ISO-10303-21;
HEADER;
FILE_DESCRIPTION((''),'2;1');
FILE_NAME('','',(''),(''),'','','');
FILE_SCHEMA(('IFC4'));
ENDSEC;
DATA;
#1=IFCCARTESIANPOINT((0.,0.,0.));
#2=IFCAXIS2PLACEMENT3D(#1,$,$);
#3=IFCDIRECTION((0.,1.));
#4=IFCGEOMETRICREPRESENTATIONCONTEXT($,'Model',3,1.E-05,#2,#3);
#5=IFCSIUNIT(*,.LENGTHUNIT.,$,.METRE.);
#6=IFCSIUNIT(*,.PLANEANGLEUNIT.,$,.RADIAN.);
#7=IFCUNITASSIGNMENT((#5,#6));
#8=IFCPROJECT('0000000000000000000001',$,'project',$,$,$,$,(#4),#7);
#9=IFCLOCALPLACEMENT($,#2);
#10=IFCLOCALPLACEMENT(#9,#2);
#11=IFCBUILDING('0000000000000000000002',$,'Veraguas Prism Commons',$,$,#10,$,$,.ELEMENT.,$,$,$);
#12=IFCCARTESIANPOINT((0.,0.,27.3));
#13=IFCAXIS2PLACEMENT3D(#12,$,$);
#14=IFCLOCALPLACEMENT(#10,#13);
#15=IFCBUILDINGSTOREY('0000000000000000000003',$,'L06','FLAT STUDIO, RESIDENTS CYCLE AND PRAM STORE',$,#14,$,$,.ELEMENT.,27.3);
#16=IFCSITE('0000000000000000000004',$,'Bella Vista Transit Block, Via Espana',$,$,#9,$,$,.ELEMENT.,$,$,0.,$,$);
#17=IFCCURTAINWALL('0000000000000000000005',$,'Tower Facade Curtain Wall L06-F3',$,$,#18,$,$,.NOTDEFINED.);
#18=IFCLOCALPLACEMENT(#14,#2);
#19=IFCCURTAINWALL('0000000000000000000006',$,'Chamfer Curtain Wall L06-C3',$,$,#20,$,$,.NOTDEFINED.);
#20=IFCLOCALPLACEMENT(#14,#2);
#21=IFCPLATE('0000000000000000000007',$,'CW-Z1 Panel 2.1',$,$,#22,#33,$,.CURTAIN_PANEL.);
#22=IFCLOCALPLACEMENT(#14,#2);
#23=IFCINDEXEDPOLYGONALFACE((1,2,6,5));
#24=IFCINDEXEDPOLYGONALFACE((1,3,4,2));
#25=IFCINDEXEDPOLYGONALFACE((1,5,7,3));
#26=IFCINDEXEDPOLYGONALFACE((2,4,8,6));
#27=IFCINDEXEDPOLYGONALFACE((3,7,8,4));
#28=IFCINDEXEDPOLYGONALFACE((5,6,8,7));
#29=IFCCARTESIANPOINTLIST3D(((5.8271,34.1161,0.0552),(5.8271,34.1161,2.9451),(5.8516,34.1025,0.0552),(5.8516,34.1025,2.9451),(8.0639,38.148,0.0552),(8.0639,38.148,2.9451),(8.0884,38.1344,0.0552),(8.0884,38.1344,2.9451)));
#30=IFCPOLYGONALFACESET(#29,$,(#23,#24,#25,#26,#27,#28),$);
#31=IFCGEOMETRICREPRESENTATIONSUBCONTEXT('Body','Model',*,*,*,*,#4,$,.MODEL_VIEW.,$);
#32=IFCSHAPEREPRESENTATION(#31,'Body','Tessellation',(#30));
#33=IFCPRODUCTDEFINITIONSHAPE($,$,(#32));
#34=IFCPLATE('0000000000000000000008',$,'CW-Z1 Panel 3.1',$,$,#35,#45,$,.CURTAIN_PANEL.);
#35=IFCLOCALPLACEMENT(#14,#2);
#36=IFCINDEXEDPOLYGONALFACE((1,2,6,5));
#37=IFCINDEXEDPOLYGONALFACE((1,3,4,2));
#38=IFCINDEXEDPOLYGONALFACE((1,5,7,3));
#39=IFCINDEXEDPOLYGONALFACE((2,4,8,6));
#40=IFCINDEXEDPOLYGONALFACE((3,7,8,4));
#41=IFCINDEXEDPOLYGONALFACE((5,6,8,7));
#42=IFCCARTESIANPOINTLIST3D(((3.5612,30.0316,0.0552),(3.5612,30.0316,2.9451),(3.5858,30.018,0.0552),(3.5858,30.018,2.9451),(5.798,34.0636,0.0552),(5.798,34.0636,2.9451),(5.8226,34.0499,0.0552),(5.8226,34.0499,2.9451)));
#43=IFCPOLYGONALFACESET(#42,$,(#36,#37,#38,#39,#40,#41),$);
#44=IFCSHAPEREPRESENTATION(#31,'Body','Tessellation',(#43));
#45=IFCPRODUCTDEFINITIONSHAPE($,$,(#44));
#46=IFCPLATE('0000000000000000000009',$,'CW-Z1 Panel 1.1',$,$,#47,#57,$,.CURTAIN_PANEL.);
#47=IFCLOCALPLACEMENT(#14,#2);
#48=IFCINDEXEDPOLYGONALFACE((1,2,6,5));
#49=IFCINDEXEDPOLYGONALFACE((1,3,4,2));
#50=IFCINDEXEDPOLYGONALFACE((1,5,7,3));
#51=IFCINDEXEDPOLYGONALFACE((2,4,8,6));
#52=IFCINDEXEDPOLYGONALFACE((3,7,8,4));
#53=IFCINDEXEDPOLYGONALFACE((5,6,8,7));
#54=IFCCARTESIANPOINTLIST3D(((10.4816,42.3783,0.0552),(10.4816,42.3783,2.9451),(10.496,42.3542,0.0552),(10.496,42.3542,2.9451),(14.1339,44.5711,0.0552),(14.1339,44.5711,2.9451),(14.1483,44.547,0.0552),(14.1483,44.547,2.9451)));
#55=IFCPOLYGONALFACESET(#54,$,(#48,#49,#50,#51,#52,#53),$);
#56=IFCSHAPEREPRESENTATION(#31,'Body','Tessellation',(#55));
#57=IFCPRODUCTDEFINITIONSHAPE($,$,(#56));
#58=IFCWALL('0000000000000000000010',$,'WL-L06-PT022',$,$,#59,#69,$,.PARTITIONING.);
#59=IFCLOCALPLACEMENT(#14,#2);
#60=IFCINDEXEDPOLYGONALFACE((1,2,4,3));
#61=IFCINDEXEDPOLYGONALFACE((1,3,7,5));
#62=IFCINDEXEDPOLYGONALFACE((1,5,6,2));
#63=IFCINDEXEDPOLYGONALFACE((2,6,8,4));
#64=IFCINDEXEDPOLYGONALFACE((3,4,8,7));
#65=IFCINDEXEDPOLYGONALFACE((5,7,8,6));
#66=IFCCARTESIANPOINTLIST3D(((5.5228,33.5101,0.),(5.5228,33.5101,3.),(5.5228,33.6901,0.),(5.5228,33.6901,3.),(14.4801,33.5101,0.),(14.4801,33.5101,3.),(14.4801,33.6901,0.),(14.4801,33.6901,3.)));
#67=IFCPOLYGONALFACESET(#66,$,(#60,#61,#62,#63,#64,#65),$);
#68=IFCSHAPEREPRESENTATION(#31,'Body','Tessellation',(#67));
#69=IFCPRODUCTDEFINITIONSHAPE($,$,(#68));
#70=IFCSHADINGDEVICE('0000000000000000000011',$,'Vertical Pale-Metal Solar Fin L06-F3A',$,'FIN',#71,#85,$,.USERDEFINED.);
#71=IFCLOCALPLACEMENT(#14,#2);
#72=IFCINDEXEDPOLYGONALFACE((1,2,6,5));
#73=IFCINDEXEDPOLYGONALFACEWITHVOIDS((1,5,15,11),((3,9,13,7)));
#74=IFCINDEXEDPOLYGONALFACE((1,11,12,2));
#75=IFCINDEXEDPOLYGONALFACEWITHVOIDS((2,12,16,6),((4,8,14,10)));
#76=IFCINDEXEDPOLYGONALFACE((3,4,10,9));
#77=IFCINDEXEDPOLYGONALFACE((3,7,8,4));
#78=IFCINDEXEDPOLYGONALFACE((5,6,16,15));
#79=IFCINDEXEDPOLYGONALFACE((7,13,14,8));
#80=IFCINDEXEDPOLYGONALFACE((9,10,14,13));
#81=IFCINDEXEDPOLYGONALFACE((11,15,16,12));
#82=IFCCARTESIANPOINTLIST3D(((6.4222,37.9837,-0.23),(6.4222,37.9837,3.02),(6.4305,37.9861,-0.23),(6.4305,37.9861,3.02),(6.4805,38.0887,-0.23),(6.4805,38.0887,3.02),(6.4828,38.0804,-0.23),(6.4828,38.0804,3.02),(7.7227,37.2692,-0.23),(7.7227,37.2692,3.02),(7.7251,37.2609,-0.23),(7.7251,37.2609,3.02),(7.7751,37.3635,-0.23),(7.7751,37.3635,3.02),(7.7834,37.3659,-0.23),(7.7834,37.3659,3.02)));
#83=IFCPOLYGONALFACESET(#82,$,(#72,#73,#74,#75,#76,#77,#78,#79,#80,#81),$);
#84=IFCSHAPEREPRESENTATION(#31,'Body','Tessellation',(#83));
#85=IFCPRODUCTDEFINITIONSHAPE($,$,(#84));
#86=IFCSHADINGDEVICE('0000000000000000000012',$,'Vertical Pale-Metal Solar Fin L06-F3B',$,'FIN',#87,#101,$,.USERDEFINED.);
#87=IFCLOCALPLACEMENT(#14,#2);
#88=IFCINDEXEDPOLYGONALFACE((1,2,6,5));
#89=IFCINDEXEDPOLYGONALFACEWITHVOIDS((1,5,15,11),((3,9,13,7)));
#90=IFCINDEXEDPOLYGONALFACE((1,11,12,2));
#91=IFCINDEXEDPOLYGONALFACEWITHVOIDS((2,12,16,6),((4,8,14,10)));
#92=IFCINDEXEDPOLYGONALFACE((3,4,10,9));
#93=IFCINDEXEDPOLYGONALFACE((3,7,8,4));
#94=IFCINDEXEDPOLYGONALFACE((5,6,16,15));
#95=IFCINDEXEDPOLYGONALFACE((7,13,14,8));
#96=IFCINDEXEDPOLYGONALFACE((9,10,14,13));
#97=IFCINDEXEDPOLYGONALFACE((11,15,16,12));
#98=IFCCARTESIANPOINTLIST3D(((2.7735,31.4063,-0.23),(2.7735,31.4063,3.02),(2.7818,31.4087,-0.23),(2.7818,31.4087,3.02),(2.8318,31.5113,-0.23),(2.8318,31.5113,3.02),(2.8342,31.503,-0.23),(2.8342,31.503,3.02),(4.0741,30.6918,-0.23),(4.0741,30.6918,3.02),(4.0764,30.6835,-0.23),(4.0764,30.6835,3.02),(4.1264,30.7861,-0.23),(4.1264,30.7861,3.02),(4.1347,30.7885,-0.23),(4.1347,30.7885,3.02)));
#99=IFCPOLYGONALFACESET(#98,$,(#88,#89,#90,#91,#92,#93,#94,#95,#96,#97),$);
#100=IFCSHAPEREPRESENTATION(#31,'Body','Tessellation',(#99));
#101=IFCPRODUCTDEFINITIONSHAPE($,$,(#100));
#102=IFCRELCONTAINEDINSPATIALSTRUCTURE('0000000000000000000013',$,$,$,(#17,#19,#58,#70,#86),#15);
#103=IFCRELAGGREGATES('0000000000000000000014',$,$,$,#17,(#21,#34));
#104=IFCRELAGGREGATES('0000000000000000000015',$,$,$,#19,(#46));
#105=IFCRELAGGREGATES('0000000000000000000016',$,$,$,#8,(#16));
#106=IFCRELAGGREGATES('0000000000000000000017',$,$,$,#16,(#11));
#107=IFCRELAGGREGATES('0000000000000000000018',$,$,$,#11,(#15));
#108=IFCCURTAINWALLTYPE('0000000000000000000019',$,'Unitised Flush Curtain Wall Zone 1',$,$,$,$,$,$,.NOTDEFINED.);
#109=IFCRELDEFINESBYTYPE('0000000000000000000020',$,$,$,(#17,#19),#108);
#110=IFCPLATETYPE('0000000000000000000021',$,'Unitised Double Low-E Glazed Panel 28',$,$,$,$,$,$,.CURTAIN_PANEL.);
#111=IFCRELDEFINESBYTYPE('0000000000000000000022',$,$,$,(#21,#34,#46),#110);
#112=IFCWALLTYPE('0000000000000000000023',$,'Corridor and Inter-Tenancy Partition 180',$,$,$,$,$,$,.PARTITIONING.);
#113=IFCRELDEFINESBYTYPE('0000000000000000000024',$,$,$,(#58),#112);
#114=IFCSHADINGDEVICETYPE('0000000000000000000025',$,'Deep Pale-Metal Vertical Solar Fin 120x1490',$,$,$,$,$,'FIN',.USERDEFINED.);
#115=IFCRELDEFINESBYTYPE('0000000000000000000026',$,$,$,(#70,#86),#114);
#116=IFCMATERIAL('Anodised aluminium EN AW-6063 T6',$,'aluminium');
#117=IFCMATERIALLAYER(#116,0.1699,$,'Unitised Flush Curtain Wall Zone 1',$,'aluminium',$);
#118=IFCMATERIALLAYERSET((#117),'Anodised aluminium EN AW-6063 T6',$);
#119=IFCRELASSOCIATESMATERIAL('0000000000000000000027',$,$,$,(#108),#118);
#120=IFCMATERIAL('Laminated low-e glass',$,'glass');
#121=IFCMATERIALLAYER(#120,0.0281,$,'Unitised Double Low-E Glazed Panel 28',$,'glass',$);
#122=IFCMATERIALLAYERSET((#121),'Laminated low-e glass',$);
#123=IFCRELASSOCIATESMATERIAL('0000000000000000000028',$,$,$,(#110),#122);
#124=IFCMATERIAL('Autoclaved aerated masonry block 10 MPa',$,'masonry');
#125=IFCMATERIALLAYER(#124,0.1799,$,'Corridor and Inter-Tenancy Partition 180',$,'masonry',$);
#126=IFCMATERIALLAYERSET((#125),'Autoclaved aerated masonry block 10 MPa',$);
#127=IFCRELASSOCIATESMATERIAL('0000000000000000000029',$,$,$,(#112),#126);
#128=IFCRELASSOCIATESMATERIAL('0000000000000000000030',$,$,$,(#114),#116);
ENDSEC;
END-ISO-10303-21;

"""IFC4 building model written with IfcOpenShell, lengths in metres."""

from ifc_helpers import new_model, si_unit, direction, frame, frame_2d, origin, origin_2d, place, context, subcontext, project, spatial, rectangle, hollow_rectangle, extrude, source, transform, mapped, material, layer, layer_set, material_profile, profile_set, type_object, element, aggregate, save


model = new_model("IFC4")

# Units and contexts
model_context = context("Model", 3, precision=1e-05, world=origin(), true_north=direction((0.0, 1.0)))
body_context = subcontext(model_context, "Body", "Model", "MODEL_VIEW")
ifc_project = project(units=[si_unit("LENGTHUNIT", "METRE"), si_unit("PLANEANGLEUNIT", "RADIAN")], contexts=[model_context])

# Site, building, storey
site_placement = place(None, origin())
site = spatial("IfcSite", under=ifc_project, at=site_placement, Name="Bella Vista Transit Block, Via Espana", CompositionType="ELEMENT", RefElevation=0.0)
building_placement = place(site_placement, origin())
building = spatial("IfcBuilding", under=site, at=building_placement, Name="Veraguas Prism Commons", CompositionType="ELEMENT")
storey_placement = place(building_placement, frame((0.0, 0.0, 27.3)))
storey = spatial("IfcBuildingStorey", under=building, at=storey_placement, Name="L06", Description="FLAT STUDIO, RESIDENTS CYCLE AND PRAM STORE", CompositionType="ELEMENT", Elevation=27.3)

# Shared definitions
ifc_material_1 = material(Name="Anodised aluminium EN AW-6063 T6", Category="aluminium")
ifc_layer_1 = layer(ifc_material_1, 0.1699, Name="Unitised Flush Curtain Wall Zone 1", Category="aluminium")
ifc_layer_set_1 = layer_set([ifc_layer_1], Name="Anodised aluminium EN AW-6063 T6")
curtain_wall_type = type_object("IfcCurtainWallType", Name="Unitised Flush Curtain Wall Zone 1", PredefinedType="NOTDEFINED", material=ifc_layer_set_1)

# Curtain walls
curtain_wall_1_placement = place(storey_placement, origin())
curtain_wall_1 = element("IfcCurtainWall", 1, at=curtain_wall_1_placement, inside=storey, type_object=curtain_wall_type, Name="Tower Facade Curtain Wall L06-F3", PredefinedType="NOTDEFINED")
curtain_wall_2_placement = place(storey_placement, origin())
curtain_wall_2 = element("IfcCurtainWall", 2, at=curtain_wall_2_placement, inside=storey, type_object=curtain_wall_type, Name="Chamfer Curtain Wall L06-C3", PredefinedType="NOTDEFINED")

# Plates
ifc_material_2 = material(Name="Laminated low-e glass", Category="glass")
ifc_layer_2 = layer(ifc_material_2, 0.0281, Name="Unitised Double Low-E Glazed Panel 28", Category="glass")
ifc_layer_set_2 = layer_set([ifc_layer_2], Name="Laminated low-e glass")
plate_type = type_object("IfcPlateType", Name="Unitised Double Low-E Glazed Panel 28", PredefinedType="CURTAIN_PANEL", material=ifc_layer_set_2)
shared_shape_1 = source(origin(), body_context, "Body", "SweptSolid", [
    extrude(rectangle(XDim=4.6108, YDim=0.0281, at=origin_2d()), origin(), (0.0, 0.0, 1.0), 2.8899),
])
plate_1_placement = place(storey_placement, frame((6.9578, 36.1252, 0.0552), z_axis=(0.0, 0.0, 1.0), x_axis=(-0.485116, -0.87445, 0.0)))
plate_1 = element("IfcPlate", 3, at=plate_1_placement, type_object=plate_type, Name="CW-Z1 Panel 2.1", PredefinedType="CURTAIN_PANEL", context=body_context, shape_type="MappedRepresentation", body=[
    mapped(shared_shape_1, transform((0.0, 0.0, 0.0), scale=1.0)),
])
plate_2_placement = place(storey_placement, frame((4.6919, 32.0408, 0.0552), z_axis=(0.0, 0.0, 1.0), x_axis=(-0.485116, -0.87445, 0.0)))
plate_2 = element("IfcPlate", 4, at=plate_2_placement, type_object=plate_type, Name="CW-Z1 Panel 3.1", PredefinedType="CURTAIN_PANEL", context=body_context, shape_type="MappedRepresentation", body=[
    mapped(shared_shape_1, transform((0.0, 0.0, 0.0), scale=1.0)),
])
aggregate(curtain_wall_1, [plate_1, plate_2])
shared_shape_2 = source(origin(), body_context, "Body", "SweptSolid", [
    extrude(rectangle(XDim=4.26, YDim=0.0281, at=origin_2d()), origin(), (0.0, 0.0, 1.0), 2.8899),
])
plate_3_placement = place(storey_placement, frame((12.3149, 43.4626, 0.0552), z_axis=(0.0, 0.0, 1.0), x_axis=(-0.85735, -0.514734, 0.0)))
plate_3 = element("IfcPlate", 5, at=plate_3_placement, type_object=plate_type, Name="CW-Z1 Panel 1.1", PredefinedType="CURTAIN_PANEL", context=body_context, shape_type="MappedRepresentation", body=[
    mapped(shared_shape_2, transform((0.0, 0.0, 0.0), scale=1.0)),
])
aggregate(curtain_wall_2, [plate_3])

# Wall
ifc_material_3 = material(Name="Autoclaved aerated masonry block 10 MPa", Category="masonry")
ifc_layer_3 = layer(ifc_material_3, 0.1799, Name="Corridor and Inter-Tenancy Partition 180", Category="masonry")
ifc_layer_set_3 = layer_set([ifc_layer_3], Name="Autoclaved aerated masonry block 10 MPa")
wall_type = type_object("IfcWallType", Name="Corridor and Inter-Tenancy Partition 180", PredefinedType="PARTITIONING", material=ifc_layer_set_3)
wall_placement = place(storey_placement, frame((14.48, 33.6001, 0.0), z_axis=(0.0, 0.0, 1.0), x_axis=(-1.0, 0.0, 0.0)))
element("IfcWall", 6, at=wall_placement, inside=storey, type_object=wall_type, Name="WL-L06-PT022", PredefinedType="PARTITIONING", context=body_context, shape_type="SweptSolid", body=[
    extrude(rectangle(XDim=8.9573, YDim=0.1799, at=frame_2d((4.4785, 0.0))), origin(), (0.0, 0.0, 1.0), 3.0),
])

# Shading devices
ifc_material_profile_1 = material_profile(ifc_material_1, hollow_rectangle(XDim=0.1201, YDim=1.49, WallThickness=0.0061, at=origin_2d()), Name="FIN120X1490X6")
ifc_profile_set_1 = profile_set([ifc_material_profile_1], Name="Anodised aluminium EN AW-6063 T6")
shading_device_type = type_object("IfcShadingDeviceType", Name="Deep Pale-Metal Vertical Solar Fin 120x1490", ElementType="FIN", PredefinedType="USERDEFINED", material=ifc_profile_set_1)
for number, where, z_axis, x_axis, name in (
    (7, (7.1028, 37.6748, -0.23), (0.0, 0.0, 1.0), (-0.485115, -0.87445, 0.0), "Vertical Pale-Metal Solar Fin L06-F3A"),
    (8, (3.4541, 31.0974, -0.23), (0.0, 0.0, 1.0), (-0.485115, -0.87445, 0.0), "Vertical Pale-Metal Solar Fin L06-F3B"),
):
    element("IfcShadingDevice", number, at=place(storey_placement, frame(where, z_axis=z_axis, x_axis=x_axis)), inside=storey, type_object=shading_device_type, Name=name, ObjectType="FIN", PredefinedType="USERDEFINED", context=body_context, shape_type="SweptSolid", body=[
        extrude(hollow_rectangle(XDim=0.1201, YDim=1.49, WallThickness=0.0061, at=origin_2d()), origin(), (0.0, 0.0, 1.0), 3.25),
    ])

save(model, "model.ifc")
